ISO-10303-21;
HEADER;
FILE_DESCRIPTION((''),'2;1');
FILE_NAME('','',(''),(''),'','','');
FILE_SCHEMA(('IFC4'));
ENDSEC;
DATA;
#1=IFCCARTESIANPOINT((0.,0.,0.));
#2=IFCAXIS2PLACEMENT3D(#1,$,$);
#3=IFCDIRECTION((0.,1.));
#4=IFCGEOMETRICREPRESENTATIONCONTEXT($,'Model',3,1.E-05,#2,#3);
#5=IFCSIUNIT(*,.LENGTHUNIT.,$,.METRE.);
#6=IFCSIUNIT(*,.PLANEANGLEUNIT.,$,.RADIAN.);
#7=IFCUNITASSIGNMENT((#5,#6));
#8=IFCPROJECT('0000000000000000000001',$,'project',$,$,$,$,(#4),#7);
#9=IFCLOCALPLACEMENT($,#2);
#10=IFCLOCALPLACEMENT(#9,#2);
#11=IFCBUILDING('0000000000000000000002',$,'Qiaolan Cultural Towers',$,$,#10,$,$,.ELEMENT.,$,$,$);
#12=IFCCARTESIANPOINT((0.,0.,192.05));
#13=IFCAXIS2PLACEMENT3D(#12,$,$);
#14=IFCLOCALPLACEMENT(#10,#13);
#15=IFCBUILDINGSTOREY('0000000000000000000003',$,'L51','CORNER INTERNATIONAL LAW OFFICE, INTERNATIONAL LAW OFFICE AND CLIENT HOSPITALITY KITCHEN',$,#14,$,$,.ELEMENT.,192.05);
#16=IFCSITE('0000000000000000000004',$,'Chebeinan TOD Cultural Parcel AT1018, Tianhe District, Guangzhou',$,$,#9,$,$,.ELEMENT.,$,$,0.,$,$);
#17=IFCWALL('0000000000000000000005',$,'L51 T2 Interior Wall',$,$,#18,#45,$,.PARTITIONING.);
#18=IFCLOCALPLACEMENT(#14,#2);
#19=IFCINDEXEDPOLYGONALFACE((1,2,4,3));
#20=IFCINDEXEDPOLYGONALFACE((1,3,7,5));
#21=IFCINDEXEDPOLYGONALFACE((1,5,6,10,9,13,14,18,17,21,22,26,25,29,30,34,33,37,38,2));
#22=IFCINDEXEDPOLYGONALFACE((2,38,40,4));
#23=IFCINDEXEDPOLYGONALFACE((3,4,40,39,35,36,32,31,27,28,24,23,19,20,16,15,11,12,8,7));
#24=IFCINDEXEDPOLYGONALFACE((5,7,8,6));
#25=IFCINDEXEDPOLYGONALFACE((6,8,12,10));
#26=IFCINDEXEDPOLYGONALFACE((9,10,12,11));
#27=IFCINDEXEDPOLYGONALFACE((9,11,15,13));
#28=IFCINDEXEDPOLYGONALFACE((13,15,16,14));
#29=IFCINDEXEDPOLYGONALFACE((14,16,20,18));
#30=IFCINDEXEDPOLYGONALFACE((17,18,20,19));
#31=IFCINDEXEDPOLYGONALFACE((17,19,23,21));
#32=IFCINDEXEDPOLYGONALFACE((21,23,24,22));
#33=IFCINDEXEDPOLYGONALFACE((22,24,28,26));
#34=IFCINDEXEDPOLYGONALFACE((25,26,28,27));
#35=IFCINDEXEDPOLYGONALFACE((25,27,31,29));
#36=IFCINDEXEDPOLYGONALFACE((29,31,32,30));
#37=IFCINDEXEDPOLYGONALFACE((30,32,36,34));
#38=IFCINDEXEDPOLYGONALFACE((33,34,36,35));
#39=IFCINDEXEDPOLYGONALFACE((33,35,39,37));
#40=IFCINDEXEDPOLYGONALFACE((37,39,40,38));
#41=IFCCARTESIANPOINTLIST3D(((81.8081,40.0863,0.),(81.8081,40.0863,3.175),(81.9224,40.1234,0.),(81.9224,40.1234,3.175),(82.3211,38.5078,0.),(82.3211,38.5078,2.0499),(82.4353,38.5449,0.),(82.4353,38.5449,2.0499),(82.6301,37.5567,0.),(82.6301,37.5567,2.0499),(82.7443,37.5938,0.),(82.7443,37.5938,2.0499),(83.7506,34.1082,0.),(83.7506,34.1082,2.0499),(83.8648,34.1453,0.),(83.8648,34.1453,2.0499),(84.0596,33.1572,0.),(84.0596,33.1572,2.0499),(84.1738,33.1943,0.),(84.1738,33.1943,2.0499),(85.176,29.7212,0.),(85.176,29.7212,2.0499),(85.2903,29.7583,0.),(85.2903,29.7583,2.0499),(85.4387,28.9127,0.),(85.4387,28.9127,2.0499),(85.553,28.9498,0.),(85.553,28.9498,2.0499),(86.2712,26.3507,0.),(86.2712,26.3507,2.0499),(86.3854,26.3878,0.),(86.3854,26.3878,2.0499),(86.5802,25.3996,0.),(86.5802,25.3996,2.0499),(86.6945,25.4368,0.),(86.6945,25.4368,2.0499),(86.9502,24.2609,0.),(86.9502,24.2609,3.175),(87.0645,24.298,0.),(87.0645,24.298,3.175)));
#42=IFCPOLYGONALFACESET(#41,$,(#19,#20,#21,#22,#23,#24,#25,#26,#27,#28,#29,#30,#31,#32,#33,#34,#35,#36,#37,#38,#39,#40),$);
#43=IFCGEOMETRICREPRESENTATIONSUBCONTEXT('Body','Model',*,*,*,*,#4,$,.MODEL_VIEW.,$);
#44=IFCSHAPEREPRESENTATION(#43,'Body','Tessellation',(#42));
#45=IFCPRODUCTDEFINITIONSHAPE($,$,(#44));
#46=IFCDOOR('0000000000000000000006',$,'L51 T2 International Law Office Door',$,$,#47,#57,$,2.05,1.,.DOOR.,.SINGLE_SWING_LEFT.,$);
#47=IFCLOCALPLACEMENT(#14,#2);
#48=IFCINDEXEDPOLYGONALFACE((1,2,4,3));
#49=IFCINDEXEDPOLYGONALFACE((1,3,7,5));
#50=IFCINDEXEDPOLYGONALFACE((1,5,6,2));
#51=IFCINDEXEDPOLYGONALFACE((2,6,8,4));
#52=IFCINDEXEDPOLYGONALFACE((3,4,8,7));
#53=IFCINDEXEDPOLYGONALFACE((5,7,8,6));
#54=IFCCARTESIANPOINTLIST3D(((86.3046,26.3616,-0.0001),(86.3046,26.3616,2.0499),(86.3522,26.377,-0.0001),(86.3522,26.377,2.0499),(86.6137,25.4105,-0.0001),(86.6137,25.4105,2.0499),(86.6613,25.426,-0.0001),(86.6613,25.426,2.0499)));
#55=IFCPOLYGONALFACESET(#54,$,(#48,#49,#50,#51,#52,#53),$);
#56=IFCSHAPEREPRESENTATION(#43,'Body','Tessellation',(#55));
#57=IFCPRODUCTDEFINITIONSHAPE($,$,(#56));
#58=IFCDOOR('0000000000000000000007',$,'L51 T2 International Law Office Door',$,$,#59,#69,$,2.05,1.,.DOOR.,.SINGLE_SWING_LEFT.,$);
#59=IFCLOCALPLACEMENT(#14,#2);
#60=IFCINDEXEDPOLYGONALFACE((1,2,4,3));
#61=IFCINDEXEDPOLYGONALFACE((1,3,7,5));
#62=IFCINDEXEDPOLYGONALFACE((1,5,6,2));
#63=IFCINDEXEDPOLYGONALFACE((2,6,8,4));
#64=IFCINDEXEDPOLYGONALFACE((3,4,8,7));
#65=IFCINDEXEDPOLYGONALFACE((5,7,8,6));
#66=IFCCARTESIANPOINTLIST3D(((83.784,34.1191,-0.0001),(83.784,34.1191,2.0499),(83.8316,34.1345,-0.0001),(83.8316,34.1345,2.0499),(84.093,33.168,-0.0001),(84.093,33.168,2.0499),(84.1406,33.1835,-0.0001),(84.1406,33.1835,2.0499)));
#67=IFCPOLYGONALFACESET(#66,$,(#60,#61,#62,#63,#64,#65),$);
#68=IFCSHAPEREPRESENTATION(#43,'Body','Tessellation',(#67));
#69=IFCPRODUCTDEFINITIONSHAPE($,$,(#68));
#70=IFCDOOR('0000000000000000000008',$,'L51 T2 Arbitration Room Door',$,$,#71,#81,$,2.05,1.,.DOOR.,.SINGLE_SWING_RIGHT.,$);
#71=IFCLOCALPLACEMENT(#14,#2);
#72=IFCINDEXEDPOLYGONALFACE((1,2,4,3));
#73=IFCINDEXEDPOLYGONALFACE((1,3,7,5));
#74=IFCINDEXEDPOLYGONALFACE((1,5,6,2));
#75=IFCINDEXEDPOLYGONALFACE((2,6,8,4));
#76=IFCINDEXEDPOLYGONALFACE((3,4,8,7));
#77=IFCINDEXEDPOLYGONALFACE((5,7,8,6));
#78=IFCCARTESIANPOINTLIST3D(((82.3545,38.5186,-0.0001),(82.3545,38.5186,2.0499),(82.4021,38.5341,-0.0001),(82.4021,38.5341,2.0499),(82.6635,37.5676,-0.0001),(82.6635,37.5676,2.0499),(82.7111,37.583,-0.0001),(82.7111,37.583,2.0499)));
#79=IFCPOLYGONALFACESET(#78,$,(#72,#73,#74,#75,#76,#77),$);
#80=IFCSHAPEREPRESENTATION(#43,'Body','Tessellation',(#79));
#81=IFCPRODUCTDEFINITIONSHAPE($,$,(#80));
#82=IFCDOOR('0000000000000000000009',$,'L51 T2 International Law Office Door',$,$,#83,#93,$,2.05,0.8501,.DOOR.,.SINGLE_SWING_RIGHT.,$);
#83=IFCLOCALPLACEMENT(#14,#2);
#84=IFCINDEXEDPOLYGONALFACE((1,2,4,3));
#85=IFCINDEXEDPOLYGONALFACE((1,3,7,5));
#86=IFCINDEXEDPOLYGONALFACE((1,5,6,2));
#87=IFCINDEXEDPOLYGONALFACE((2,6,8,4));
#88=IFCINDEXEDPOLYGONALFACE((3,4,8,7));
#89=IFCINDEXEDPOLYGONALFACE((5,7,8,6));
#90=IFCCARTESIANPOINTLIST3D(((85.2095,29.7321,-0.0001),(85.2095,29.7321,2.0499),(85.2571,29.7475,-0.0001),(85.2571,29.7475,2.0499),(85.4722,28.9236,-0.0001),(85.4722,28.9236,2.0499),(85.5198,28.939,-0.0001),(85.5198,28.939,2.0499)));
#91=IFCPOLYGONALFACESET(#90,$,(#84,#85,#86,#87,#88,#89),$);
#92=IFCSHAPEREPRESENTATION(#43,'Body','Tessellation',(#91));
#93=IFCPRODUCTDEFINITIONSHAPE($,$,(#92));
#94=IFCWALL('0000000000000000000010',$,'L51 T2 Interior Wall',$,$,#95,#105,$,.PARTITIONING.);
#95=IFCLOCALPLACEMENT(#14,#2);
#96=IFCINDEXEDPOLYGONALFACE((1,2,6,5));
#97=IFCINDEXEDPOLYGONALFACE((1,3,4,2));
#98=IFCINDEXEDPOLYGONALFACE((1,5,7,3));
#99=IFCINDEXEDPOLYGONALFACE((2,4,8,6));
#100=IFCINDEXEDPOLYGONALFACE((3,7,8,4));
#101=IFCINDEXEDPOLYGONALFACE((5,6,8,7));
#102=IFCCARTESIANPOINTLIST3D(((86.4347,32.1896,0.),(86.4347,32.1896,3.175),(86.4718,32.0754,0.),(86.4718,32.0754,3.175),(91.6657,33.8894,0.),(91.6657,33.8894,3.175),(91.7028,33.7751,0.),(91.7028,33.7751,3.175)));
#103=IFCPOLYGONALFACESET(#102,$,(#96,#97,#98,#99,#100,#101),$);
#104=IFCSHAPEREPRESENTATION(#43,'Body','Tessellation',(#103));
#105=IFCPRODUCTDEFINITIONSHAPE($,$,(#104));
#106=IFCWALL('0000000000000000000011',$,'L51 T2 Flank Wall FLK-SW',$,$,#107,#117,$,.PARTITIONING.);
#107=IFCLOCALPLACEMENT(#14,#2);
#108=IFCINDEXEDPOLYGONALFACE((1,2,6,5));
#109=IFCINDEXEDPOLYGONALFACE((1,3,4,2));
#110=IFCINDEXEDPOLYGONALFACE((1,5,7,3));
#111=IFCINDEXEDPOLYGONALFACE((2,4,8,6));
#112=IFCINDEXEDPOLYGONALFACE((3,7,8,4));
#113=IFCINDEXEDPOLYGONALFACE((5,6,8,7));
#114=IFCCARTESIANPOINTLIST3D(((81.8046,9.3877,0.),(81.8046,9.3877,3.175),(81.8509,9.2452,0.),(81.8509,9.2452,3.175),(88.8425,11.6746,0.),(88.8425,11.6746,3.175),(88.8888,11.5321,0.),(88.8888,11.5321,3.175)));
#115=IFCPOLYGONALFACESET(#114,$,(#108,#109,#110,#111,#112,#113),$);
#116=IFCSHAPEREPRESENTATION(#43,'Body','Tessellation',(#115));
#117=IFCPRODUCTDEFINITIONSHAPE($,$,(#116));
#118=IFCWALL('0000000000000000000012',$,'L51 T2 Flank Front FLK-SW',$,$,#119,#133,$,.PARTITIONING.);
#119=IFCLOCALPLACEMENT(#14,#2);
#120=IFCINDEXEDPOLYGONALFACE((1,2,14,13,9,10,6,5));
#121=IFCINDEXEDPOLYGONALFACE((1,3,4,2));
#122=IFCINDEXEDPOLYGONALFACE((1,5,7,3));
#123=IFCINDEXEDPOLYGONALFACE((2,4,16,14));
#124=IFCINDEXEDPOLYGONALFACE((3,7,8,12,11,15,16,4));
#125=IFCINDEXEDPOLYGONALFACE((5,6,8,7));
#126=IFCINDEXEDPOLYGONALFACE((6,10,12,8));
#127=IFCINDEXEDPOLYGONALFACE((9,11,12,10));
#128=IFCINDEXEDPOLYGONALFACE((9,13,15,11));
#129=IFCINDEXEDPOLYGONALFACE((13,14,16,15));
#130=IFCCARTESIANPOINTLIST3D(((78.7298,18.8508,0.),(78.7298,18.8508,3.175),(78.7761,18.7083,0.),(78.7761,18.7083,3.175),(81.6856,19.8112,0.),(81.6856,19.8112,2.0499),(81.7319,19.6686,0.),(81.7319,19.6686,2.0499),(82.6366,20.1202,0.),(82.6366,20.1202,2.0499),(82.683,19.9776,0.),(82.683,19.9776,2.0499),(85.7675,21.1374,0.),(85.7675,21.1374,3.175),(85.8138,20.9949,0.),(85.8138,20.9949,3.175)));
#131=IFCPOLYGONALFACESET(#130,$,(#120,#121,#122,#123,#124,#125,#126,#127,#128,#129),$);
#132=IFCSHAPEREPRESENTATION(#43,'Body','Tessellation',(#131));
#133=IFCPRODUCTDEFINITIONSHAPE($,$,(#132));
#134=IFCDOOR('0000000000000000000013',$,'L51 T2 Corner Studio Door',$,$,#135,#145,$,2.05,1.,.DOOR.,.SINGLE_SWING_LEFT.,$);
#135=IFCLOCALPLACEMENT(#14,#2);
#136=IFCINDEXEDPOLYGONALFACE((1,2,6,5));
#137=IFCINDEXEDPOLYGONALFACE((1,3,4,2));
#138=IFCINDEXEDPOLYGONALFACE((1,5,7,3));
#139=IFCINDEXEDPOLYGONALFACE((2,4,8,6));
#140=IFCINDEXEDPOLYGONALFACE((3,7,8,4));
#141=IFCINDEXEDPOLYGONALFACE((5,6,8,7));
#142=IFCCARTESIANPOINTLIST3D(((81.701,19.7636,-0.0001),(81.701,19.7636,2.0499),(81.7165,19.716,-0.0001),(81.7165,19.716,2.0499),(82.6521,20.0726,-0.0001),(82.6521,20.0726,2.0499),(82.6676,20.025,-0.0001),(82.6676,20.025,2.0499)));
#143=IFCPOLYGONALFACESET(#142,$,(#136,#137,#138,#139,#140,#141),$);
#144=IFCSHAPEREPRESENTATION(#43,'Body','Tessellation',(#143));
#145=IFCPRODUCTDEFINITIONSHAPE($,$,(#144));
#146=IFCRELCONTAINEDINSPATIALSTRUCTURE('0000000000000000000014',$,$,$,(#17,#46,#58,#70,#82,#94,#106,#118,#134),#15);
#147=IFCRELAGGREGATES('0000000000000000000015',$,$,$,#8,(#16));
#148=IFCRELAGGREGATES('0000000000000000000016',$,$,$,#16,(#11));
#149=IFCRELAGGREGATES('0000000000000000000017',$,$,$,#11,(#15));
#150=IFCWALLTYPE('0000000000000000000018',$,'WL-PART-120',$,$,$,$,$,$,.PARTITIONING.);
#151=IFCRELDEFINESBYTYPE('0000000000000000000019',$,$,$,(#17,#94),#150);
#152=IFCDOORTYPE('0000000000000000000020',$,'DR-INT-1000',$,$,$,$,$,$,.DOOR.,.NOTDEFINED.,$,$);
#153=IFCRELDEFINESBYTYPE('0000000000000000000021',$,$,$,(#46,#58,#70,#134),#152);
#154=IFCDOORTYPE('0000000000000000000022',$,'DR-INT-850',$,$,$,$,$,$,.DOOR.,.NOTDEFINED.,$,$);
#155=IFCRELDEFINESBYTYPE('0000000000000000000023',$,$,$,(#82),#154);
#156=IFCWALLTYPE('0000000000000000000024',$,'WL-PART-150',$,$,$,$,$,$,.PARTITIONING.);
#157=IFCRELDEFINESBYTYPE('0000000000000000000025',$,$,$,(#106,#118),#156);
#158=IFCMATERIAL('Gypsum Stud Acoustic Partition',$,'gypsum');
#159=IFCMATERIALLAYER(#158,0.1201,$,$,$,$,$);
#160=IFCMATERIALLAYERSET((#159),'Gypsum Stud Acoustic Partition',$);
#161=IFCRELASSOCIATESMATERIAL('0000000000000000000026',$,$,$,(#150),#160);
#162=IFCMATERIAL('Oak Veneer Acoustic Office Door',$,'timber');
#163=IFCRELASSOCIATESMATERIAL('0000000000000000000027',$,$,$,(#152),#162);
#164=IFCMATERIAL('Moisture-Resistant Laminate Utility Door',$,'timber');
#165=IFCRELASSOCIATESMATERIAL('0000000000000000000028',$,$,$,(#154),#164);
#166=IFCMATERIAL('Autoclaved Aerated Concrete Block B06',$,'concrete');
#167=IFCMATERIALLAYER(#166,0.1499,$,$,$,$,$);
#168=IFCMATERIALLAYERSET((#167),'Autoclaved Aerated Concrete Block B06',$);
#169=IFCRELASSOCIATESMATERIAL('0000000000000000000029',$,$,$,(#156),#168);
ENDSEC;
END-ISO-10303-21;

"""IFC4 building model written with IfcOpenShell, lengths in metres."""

from ifc_helpers import new_model, si_unit, direction, frame, frame_2d, origin, place, context, subcontext, project, spatial, rectangle, extrude, material, layer, layer_set, type_object, element, fill, save


model = new_model("IFC4")

# Units and contexts
model_context = context("Model", 3, precision=1e-05, world=origin(), true_north=direction((0.0, 1.0)))
body_context = subcontext(model_context, "Body", "Model", "MODEL_VIEW")
ifc_project = project(units=[si_unit("LENGTHUNIT", "METRE"), si_unit("PLANEANGLEUNIT", "RADIAN")], contexts=[model_context])

# Site, building, storey
site_placement = place(None, origin())
site = spatial("IfcSite", under=ifc_project, at=site_placement, Name="Chebeinan TOD Cultural Parcel AT1018, Tianhe District, Guangzhou", CompositionType="ELEMENT", RefElevation=0.0)
building_placement = place(site_placement, origin())
building = spatial("IfcBuilding", under=site, at=building_placement, Name="Qiaolan Cultural Towers", CompositionType="ELEMENT")
storey_placement = place(building_placement, frame((0.0, 0.0, 192.05)))
storey = spatial("IfcBuildingStorey", under=building, at=storey_placement, Name="L51", Description="CORNER INTERNATIONAL LAW OFFICE, INTERNATIONAL LAW OFFICE AND CLIENT HOSPITALITY KITCHEN", CompositionType="ELEMENT", Elevation=192.05)

# Shared definitions
ifc_material_1 = material(Name="Gypsum Stud Acoustic Partition", Category="gypsum")
ifc_layer_1 = layer(ifc_material_1, 0.1201)
ifc_layer_set_1 = layer_set([ifc_layer_1], Name="Gypsum Stud Acoustic Partition")
wall_type_1 = type_object("IfcWallType", Name="WL-PART-120", PredefinedType="PARTITIONING", material=ifc_layer_set_1)

# Wall, openings, doors
wall_1_placement = place(storey_placement, frame((87.0073, 24.2795, 0.0), z_axis=(0.0, 0.0, 1.0), x_axis=(-0.309022, 0.951055, 0.0)))
wall_1 = element("IfcWall", 1, at=wall_1_placement, inside=storey, type_object=wall_type_1, Name="L51 T2 Interior Wall", PredefinedType="PARTITIONING", context=body_context, shape_type="SweptSolid", body=[
    extrude(rectangle(XDim=16.6399, YDim=0.1201, at=frame_2d((8.3198, 0.0))), origin(), (0.0, 0.0, 1.0), 3.175),
])
opening_1_placement = place(wall_1_placement, frame((1.1973, 0.0, 0.0)))
opening_1 = element("IfcOpeningElement", 2, at=opening_1_placement, cuts=wall_1, PredefinedType="OPENING", context=body_context, shape_type="SweptSolid", body=[
    extrude(rectangle(XDim=1.0, YDim=2.05, at=frame_2d((0.5, 1.0249))), frame((0.0, 0.0701, 0.0), z_axis=(0.0, -1.0, 0.0), x_axis=(1.0, 0.0, 0.0)), (0.0, 0.0, 1.0), 0.1401),
])
opening_2_placement = place(wall_1_placement, frame((4.8911, 0.0, 0.0)))
opening_2 = element("IfcOpeningElement", 3, at=opening_2_placement, cuts=wall_1, PredefinedType="OPENING", context=body_context, shape_type="SweptSolid", body=[
    extrude(rectangle(XDim=0.8501, YDim=2.05, at=frame_2d((0.425, 1.0249))), frame((0.0, 0.0701, 0.0), z_axis=(0.0, -1.0, 0.0), x_axis=(1.0, 0.0, 0.0)), (0.0, 0.0, 1.0), 0.1401),
])
opening_3_placement = place(wall_1_placement, frame((9.354, 0.0, 0.0)))
opening_3 = element("IfcOpeningElement", 4, at=opening_3_placement, cuts=wall_1, PredefinedType="OPENING", context=body_context, shape_type="SweptSolid", body=[
    extrude(rectangle(XDim=1.0, YDim=2.05, at=frame_2d((0.5, 1.0249))), frame((0.0, 0.0701, 0.0), z_axis=(0.0, -1.0, 0.0), x_axis=(1.0, 0.0, 0.0)), (0.0, 0.0, 1.0), 0.1401),
])
opening_4_placement = place(wall_1_placement, frame((13.98, 0.0, 0.0)))
opening_4 = element("IfcOpeningElement", 5, at=opening_4_placement, cuts=wall_1, PredefinedType="OPENING", context=body_context, shape_type="SweptSolid", body=[
    extrude(rectangle(XDim=1.0, YDim=2.05, at=frame_2d((0.5, 1.0249))), frame((0.0, 0.0701, 0.0), z_axis=(0.0, -1.0, 0.0), x_axis=(1.0, 0.0, 0.0)), (0.0, 0.0, 1.0), 0.1401),
])
ifc_material_2 = material(Name="Oak Veneer Acoustic Office Door", Category="timber")
door_type_1 = type_object("IfcDoorType", Name="DR-INT-1000", OperationType="NOTDEFINED", PredefinedType="DOOR", material=ifc_material_2)
door_1_placement = place(opening_1_placement, origin())
door_1 = element("IfcDoor", 6, at=door_1_placement, inside=storey, type_object=door_type_1, Name="L51 T2 International Law Office Door", OperationType="SINGLE_SWING_LEFT", OverallHeight=2.05, OverallWidth=1.0, PredefinedType="DOOR", context=body_context, shape_type="SweptSolid", body=[
    extrude(rectangle(XDim=1.0, YDim=2.05, at=frame_2d((0.5, 1.0249))), frame((0.0, 0.0249, 0.0), z_axis=(0.0, -1.0, 0.0), x_axis=(1.0, 0.0, 0.0)), (0.0, 0.0, 1.0), 0.05),
])
fill(opening_1, door_1)
door_2_placement = place(opening_3_placement, origin())
door_2 = element("IfcDoor", 7, at=door_2_placement, inside=storey, type_object=door_type_1, Name="L51 T2 International Law Office Door", OperationType="SINGLE_SWING_LEFT", OverallHeight=2.05, OverallWidth=1.0, PredefinedType="DOOR", context=body_context, shape_type="SweptSolid", body=[
    extrude(rectangle(XDim=1.0, YDim=2.05, at=frame_2d((0.5, 1.0249))), frame((0.0, 0.0249, 0.0), z_axis=(0.0, -1.0, 0.0), x_axis=(1.0, 0.0, 0.0)), (0.0, 0.0, 1.0), 0.05),
])
fill(opening_3, door_2)
door_3_placement = place(opening_4_placement, origin())
door_3 = element("IfcDoor", 8, at=door_3_placement, inside=storey, type_object=door_type_1, Name="L51 T2 Arbitration Room Door", OperationType="SINGLE_SWING_RIGHT", OverallHeight=2.05, OverallWidth=1.0, PredefinedType="DOOR", context=body_context, shape_type="SweptSolid", body=[
    extrude(rectangle(XDim=1.0, YDim=2.05, at=frame_2d((0.5, 1.0249))), frame((0.0, 0.0249, 0.0), z_axis=(0.0, -1.0, 0.0), x_axis=(1.0, 0.0, 0.0)), (0.0, 0.0, 1.0), 0.05),
])
fill(opening_4, door_3)
ifc_material_3 = material(Name="Moisture-Resistant Laminate Utility Door", Category="timber")
door_type_2 = type_object("IfcDoorType", Name="DR-INT-850", OperationType="NOTDEFINED", PredefinedType="DOOR", material=ifc_material_3)
door_4_placement = place(opening_2_placement, origin())
door_4 = element("IfcDoor", 9, at=door_4_placement, inside=storey, type_object=door_type_2, Name="L51 T2 International Law Office Door", OperationType="SINGLE_SWING_RIGHT", OverallHeight=2.05, OverallWidth=0.8501, PredefinedType="DOOR", context=body_context, shape_type="SweptSolid", body=[
    extrude(rectangle(XDim=0.8501, YDim=2.05, at=frame_2d((0.425, 1.0249))), frame((0.0, 0.0249, 0.0), z_axis=(0.0, -1.0, 0.0), x_axis=(1.0, 0.0, 0.0)), (0.0, 0.0, 1.0), 0.05),
])
fill(opening_2, door_4)

# Walls
wall_2_placement = place(storey_placement, frame((86.4534, 32.1326, 0.0), z_axis=(0.0, 0.0, 1.0), x_axis=(0.951053, 0.309028, 0.0)))
element("IfcWall", 10, at=wall_2_placement, inside=storey, type_object=wall_type_1, Name="L51 T2 Interior Wall", PredefinedType="PARTITIONING", context=body_context, shape_type="SweptSolid", body=[
    extrude(rectangle(XDim=5.5002, YDim=0.1201, at=frame_2d((2.75, 0.0))), origin(), (0.0, 0.0, 1.0), 3.175),
])
ifc_material_4 = material(Name="Autoclaved Aerated Concrete Block B06", Category="concrete")
ifc_layer_2 = layer(ifc_material_4, 0.1499)
ifc_layer_set_2 = layer_set([ifc_layer_2], Name="Autoclaved Aerated Concrete Block B06")
wall_type_2 = type_object("IfcWallType", Name="WL-PART-150", PredefinedType="PARTITIONING", material=ifc_layer_set_2)
wall_3_placement = place(storey_placement, frame((81.8276, 9.3164, 0.0), z_axis=(0.0, 0.0, 1.0), x_axis=(0.951051, 0.309033, 0.0)))
element("IfcWall", 11, at=wall_3_placement, inside=storey, type_object=wall_type_2, Name="L51 T2 Flank Wall FLK-SW", PredefinedType="PARTITIONING", context=body_context, shape_type="SweptSolid", body=[
    extrude(rectangle(XDim=7.4001, YDim=0.1499, at=frame_2d((3.7002, 0.0))), origin(), (0.0, 0.0, 1.0), 3.175),
])

# Wall, opening, door
wall_4_placement = place(storey_placement, frame((78.7529, 18.7795, 0.0), z_axis=(0.0, 0.0, 1.0), x_axis=(0.951061, 0.309003, 0.0)))
wall_4 = element("IfcWall", 12, at=wall_4_placement, inside=storey, type_object=wall_type_2, Name="L51 T2 Flank Front FLK-SW", PredefinedType="PARTITIONING", context=body_context, shape_type="SweptSolid", body=[
    extrude(rectangle(XDim=7.3999, YDim=0.1499, at=frame_2d((3.7, 0.0))), origin(), (0.0, 0.0, 1.0), 3.175),
])
opening_5_placement = place(wall_4_placement, frame((3.1079, 0.0, 0.0)))
opening_5 = element("IfcOpeningElement", 13, at=opening_5_placement, cuts=wall_4, PredefinedType="OPENING", context=body_context, shape_type="SweptSolid", body=[
    extrude(rectangle(XDim=1.0, YDim=2.05, at=frame_2d((0.5, 1.0249))), frame((0.0, 0.085, 0.0), z_axis=(0.0, -1.0, 0.0), x_axis=(1.0, 0.0, 0.0)), (0.0, 0.0, 1.0), 0.1699),
])
door_5_placement = place(opening_5_placement, origin())
door_5 = element("IfcDoor", 14, at=door_5_placement, inside=storey, type_object=door_type_1, Name="L51 T2 Corner Studio Door", OperationType="SINGLE_SWING_LEFT", OverallHeight=2.05, OverallWidth=1.0, PredefinedType="DOOR", context=body_context, shape_type="SweptSolid", body=[
    extrude(rectangle(XDim=1.0, YDim=2.05, at=frame_2d((0.5, 1.0249))), frame((0.0, 0.0249, 0.0), z_axis=(0.0, -1.0, 0.0), x_axis=(1.0, 0.0, 0.0)), (0.0, 0.0, 1.0), 0.05),
])
fill(opening_5, door_5)

save(model, "model.ifc")
